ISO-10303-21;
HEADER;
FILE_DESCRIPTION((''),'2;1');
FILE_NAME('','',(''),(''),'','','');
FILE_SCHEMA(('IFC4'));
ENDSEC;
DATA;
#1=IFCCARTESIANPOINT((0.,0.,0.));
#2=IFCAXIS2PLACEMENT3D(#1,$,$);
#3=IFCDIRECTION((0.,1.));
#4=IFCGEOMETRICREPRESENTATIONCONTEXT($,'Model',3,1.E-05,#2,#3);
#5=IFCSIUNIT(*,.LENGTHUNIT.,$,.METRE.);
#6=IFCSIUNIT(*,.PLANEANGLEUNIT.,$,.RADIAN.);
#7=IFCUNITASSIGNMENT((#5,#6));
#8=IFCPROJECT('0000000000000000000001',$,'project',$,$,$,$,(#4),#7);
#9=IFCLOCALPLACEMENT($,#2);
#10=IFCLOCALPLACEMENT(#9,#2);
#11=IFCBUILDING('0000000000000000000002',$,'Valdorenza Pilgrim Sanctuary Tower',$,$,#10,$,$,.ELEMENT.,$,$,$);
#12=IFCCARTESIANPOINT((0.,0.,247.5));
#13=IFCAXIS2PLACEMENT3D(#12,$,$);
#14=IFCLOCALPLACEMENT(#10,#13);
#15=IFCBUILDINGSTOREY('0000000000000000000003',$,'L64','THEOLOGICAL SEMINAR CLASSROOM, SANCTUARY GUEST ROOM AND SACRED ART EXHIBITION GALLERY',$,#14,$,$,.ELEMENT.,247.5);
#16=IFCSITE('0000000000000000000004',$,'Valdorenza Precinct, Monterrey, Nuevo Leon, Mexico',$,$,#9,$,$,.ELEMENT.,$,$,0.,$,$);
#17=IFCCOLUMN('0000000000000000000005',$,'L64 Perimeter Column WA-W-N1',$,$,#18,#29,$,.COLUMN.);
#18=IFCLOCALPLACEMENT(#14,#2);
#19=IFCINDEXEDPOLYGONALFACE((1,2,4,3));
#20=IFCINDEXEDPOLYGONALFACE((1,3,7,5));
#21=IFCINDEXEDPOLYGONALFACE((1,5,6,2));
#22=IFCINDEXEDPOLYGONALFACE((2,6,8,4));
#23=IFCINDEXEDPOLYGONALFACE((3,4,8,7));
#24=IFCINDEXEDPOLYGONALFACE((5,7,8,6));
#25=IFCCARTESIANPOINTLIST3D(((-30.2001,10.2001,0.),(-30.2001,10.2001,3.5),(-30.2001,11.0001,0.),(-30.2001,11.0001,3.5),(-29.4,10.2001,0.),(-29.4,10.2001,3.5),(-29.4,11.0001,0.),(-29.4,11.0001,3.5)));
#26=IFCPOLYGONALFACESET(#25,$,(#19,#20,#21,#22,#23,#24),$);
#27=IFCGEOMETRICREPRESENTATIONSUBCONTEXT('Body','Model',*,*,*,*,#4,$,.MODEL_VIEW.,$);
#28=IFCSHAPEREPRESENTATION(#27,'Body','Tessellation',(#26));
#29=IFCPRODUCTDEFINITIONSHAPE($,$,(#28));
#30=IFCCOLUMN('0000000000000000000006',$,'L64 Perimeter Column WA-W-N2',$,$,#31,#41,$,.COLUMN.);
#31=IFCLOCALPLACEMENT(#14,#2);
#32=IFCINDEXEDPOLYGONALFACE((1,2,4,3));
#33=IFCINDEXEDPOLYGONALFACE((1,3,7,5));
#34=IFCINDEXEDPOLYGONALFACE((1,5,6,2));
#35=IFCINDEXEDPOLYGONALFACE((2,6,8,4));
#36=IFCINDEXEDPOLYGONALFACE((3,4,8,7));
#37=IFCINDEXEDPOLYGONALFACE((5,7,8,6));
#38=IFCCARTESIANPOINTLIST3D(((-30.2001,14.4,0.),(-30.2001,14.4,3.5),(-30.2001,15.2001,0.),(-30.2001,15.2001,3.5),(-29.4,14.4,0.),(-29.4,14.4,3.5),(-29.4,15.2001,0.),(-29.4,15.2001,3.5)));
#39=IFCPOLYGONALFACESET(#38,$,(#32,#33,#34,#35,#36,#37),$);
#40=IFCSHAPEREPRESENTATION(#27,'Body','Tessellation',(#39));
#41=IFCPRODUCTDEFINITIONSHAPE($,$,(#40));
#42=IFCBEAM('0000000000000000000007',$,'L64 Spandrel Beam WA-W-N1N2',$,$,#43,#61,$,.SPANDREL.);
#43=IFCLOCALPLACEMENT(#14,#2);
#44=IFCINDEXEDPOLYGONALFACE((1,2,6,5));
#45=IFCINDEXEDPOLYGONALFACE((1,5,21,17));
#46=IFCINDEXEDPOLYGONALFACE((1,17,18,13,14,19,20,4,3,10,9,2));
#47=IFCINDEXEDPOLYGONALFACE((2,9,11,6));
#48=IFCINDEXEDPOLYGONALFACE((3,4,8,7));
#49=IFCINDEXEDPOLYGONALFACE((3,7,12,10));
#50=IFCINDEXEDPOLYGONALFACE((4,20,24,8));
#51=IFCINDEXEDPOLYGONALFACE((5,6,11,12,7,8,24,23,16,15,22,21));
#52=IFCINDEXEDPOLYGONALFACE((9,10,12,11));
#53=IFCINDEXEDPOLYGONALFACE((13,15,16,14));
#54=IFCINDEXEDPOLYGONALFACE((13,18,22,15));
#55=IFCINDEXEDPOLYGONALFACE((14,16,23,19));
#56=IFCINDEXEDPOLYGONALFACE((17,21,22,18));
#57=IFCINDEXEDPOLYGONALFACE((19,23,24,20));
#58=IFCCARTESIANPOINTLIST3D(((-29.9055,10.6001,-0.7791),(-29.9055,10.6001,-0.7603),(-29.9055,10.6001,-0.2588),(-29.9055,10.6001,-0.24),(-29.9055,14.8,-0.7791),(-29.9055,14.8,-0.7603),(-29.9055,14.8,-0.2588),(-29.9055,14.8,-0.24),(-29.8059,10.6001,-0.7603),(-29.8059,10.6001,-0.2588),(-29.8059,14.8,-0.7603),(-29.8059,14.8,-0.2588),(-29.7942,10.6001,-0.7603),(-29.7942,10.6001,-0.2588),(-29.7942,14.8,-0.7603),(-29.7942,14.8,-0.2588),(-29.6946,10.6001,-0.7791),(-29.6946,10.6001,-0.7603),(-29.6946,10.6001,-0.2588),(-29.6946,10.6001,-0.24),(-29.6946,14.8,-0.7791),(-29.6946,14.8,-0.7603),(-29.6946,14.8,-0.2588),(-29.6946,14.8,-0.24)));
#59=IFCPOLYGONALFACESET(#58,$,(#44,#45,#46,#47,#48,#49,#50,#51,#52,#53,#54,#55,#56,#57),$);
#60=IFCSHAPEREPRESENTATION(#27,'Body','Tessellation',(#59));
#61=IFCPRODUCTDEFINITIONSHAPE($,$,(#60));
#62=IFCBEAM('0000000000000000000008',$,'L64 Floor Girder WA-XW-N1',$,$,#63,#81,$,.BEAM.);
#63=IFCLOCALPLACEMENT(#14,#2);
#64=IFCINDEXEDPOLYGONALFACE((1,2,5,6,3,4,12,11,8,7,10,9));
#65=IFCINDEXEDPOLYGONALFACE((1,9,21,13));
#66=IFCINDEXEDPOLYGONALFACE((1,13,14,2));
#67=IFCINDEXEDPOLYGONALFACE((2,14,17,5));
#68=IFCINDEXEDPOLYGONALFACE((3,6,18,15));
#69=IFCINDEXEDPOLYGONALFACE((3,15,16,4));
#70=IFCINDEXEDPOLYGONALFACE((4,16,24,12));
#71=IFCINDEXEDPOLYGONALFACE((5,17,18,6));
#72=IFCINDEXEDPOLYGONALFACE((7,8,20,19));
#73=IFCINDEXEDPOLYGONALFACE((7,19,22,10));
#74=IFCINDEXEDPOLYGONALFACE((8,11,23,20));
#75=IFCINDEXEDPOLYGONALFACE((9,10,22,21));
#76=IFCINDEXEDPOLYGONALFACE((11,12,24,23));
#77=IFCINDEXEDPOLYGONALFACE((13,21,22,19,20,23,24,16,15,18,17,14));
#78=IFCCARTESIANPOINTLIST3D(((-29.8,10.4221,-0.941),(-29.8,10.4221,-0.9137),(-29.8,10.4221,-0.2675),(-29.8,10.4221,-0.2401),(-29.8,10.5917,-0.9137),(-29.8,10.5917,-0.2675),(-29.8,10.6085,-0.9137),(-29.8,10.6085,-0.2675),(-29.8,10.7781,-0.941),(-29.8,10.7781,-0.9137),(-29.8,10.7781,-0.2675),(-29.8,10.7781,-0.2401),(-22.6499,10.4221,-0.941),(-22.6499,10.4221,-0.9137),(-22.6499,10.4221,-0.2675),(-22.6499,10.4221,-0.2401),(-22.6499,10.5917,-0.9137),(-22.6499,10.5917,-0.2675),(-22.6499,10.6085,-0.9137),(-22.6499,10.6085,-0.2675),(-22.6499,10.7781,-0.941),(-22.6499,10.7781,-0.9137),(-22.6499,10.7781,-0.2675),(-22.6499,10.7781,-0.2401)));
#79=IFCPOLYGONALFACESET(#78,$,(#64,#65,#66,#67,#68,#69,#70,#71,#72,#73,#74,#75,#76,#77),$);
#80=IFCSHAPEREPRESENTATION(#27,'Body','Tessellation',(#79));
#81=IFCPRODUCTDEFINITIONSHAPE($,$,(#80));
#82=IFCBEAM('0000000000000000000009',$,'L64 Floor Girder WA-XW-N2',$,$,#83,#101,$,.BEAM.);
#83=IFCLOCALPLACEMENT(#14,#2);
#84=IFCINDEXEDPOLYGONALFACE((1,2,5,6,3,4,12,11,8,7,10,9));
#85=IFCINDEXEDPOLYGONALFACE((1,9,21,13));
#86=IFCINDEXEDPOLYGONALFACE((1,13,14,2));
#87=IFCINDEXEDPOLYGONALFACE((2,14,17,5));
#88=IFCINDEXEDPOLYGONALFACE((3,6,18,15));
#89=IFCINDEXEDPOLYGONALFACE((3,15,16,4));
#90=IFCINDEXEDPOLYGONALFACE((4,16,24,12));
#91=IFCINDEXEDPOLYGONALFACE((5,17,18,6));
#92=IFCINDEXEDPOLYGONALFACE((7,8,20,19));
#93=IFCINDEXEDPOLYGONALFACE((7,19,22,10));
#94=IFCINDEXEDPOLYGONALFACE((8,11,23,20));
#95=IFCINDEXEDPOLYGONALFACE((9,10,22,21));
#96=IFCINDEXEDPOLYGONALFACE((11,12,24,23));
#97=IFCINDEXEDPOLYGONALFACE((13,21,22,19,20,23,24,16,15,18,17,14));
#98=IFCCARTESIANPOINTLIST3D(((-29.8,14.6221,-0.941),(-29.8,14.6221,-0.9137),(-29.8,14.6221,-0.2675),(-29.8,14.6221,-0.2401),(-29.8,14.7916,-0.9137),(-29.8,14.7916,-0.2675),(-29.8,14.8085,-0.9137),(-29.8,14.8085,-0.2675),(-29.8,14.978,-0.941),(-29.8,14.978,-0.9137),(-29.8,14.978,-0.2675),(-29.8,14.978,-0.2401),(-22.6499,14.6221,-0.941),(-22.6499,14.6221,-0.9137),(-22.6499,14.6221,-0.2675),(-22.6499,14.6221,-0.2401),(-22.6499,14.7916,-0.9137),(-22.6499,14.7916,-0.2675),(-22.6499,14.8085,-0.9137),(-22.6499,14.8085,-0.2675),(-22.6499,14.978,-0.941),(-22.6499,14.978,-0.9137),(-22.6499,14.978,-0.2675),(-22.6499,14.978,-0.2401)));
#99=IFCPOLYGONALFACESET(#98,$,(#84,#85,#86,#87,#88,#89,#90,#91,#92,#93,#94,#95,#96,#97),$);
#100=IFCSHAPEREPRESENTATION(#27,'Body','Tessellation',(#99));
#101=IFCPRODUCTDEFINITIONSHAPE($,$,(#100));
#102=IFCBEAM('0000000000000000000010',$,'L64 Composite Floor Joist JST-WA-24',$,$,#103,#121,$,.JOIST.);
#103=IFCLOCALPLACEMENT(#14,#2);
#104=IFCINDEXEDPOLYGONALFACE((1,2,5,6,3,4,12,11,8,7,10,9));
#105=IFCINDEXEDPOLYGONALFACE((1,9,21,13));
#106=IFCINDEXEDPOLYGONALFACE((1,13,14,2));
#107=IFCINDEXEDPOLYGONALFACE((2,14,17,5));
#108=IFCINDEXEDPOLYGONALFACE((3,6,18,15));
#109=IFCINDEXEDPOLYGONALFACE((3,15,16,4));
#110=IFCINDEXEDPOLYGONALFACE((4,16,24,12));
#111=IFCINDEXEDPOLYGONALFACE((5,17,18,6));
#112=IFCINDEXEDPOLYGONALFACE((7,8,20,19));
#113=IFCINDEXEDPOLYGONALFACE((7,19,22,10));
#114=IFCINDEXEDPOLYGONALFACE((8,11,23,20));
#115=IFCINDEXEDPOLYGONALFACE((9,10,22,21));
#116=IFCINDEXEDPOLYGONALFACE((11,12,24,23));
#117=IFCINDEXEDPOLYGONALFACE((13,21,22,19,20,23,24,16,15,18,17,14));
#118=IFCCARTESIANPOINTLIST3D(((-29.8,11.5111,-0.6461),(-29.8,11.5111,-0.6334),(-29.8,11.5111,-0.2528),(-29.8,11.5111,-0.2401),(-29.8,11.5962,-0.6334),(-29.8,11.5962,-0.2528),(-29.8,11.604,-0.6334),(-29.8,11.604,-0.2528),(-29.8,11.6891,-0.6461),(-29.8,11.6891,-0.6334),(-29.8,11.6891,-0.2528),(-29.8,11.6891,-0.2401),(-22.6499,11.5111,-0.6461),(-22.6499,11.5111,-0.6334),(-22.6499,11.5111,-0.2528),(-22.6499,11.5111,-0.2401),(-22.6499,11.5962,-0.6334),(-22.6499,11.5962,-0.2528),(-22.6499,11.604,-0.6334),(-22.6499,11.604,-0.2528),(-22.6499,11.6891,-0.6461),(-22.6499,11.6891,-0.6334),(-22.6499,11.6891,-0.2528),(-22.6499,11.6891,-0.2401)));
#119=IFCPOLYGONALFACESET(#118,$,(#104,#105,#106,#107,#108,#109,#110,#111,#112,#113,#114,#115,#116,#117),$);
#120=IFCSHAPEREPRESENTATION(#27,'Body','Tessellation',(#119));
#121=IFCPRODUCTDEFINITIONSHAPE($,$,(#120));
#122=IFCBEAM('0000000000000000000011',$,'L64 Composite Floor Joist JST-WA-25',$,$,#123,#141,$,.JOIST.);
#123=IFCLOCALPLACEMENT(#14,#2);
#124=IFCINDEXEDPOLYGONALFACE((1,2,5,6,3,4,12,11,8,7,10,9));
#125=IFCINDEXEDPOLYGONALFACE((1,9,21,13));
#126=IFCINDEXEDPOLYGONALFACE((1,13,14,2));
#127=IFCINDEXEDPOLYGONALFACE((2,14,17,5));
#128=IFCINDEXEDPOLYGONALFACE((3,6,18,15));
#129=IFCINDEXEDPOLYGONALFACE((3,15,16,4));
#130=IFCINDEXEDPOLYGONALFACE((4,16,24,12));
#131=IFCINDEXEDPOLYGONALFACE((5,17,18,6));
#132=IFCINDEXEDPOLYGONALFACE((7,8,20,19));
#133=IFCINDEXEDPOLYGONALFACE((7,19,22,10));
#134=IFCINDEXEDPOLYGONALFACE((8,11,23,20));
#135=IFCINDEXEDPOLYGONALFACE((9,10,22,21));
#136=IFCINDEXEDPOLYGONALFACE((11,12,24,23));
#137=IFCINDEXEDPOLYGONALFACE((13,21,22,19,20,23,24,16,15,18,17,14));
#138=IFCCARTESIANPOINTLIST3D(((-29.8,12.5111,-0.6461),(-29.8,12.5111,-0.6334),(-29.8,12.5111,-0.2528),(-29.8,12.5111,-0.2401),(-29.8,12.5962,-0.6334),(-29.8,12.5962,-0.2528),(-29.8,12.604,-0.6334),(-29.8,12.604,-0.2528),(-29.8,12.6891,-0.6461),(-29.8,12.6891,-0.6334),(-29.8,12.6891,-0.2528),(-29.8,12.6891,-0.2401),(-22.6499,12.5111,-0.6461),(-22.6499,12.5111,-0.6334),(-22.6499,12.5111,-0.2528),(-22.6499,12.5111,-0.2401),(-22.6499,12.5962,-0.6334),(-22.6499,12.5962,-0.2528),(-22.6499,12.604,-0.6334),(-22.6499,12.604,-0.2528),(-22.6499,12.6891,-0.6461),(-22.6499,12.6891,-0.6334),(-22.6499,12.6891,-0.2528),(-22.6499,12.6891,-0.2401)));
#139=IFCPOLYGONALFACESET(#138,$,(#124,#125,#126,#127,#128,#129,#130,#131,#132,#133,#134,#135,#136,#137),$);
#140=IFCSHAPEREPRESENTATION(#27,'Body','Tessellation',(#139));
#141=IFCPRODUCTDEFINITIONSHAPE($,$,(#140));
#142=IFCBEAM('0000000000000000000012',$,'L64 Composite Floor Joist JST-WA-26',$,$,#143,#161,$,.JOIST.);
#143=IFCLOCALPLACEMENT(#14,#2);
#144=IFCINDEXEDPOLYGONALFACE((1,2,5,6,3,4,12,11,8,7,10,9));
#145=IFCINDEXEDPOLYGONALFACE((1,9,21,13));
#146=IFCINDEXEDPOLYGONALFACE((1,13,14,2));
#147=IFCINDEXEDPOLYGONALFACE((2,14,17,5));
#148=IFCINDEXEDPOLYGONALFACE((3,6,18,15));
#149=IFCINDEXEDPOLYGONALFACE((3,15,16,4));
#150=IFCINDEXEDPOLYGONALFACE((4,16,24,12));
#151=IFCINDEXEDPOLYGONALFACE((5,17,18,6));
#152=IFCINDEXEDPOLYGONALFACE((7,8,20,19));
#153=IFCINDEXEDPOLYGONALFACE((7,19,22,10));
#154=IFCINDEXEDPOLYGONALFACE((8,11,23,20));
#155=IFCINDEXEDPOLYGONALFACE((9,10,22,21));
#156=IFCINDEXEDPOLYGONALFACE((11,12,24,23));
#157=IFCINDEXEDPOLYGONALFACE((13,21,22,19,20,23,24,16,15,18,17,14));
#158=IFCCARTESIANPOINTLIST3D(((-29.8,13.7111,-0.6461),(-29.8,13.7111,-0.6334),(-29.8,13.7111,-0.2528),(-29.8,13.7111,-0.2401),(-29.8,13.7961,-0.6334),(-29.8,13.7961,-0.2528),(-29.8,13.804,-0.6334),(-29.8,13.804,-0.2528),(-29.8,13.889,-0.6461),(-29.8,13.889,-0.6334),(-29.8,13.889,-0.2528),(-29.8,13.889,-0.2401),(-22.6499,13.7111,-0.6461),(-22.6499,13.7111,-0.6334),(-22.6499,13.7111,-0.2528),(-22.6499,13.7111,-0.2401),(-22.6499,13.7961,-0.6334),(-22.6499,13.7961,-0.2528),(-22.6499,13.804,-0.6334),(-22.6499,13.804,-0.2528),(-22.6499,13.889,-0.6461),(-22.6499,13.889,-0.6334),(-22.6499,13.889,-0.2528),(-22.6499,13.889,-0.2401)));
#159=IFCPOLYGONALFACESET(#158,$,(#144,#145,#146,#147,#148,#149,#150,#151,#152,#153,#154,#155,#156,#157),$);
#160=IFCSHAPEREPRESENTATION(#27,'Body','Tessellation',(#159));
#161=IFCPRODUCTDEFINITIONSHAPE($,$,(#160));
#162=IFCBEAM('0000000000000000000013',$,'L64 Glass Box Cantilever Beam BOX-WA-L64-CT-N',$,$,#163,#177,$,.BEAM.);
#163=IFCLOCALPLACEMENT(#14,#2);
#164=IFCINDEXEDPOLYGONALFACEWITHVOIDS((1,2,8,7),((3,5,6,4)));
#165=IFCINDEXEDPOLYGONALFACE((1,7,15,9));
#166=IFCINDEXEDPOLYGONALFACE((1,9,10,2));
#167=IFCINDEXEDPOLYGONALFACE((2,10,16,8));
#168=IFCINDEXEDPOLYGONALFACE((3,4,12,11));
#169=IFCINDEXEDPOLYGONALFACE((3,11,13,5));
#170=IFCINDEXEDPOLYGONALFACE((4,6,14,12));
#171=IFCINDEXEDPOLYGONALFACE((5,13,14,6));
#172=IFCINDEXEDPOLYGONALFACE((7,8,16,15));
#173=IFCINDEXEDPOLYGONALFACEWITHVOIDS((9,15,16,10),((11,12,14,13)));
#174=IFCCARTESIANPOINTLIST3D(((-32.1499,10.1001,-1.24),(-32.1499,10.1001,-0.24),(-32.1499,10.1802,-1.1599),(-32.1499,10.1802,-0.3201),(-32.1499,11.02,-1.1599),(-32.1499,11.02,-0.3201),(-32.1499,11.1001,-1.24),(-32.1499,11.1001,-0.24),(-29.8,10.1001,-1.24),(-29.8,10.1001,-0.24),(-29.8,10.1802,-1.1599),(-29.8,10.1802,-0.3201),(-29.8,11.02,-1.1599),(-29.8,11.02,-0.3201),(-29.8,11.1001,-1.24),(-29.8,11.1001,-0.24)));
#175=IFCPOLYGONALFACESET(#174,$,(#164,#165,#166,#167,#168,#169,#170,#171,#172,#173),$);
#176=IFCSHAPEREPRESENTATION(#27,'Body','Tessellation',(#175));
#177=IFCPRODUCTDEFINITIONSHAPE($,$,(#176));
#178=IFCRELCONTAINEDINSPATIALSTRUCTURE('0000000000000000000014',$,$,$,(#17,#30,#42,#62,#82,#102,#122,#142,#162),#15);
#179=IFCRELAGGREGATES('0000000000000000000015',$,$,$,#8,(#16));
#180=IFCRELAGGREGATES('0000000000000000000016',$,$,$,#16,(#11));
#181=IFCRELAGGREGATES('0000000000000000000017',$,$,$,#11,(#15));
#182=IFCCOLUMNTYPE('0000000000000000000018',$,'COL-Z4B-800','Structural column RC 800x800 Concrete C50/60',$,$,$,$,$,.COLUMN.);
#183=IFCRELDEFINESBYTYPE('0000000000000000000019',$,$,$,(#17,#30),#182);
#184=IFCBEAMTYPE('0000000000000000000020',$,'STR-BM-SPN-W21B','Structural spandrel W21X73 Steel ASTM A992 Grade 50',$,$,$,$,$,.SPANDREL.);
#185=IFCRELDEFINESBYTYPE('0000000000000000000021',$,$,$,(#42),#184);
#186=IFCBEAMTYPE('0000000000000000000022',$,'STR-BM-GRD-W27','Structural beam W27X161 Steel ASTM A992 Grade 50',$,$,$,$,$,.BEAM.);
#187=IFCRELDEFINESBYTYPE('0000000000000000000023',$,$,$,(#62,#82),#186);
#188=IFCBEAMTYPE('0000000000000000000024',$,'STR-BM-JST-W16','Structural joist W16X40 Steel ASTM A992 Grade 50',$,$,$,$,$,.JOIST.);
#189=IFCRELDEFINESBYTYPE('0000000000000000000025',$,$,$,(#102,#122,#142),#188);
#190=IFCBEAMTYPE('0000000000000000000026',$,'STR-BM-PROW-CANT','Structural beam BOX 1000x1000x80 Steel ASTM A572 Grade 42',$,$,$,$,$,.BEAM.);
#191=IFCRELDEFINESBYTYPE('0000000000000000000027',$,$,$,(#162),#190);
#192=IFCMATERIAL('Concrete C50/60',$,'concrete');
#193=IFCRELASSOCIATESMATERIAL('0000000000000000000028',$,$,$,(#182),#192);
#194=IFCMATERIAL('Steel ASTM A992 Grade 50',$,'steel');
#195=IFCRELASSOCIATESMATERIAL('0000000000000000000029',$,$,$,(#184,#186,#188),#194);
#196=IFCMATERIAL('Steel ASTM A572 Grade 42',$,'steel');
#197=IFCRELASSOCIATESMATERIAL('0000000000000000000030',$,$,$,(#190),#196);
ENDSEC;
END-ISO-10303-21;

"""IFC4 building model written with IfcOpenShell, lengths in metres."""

from ifc_helpers import new_model, si_unit, direction, frame, origin, origin_2d, place, context, subcontext, project, spatial, rectangle, hollow_rectangle, i_section, extrude, source, transform, mapped, material, material_profile, profile_set, type_object, element, save


model = new_model("IFC4")

# Units and contexts
model_context = context("Model", 3, precision=1e-05, world=origin(), true_north=direction((0.0, 1.0)))
body_context = subcontext(model_context, "Body", "Model", "MODEL_VIEW")
ifc_project = project(units=[si_unit("LENGTHUNIT", "METRE"), si_unit("PLANEANGLEUNIT", "RADIAN")], contexts=[model_context])

# Site, building, storey
site_placement = place(None, origin())
site = spatial("IfcSite", under=ifc_project, at=site_placement, Name="Valdorenza Precinct, Monterrey, Nuevo Leon, Mexico", CompositionType="ELEMENT", RefElevation=0.0)
building_placement = place(site_placement, origin())
building = spatial("IfcBuilding", under=site, at=building_placement, Name="Valdorenza Pilgrim Sanctuary Tower", CompositionType="ELEMENT")
storey_placement = place(building_placement, frame((0.0, 0.0, 247.5)))
storey = spatial("IfcBuildingStorey", under=building, at=storey_placement, Name="L64", Description="THEOLOGICAL SEMINAR CLASSROOM, SANCTUARY GUEST ROOM AND SACRED ART EXHIBITION GALLERY", CompositionType="ELEMENT", Elevation=247.5)

# Columns
ifc_material_1 = material(Name="Concrete C50/60", Category="concrete")
ifc_material_profile_1 = material_profile(ifc_material_1, rectangle(XDim=0.8, YDim=0.8, at=origin_2d()), Name="RC 800x800")
ifc_profile_set_1 = profile_set([ifc_material_profile_1], Name="Concrete C50/60")
column_type = type_object("IfcColumnType", Name="COL-Z4B-800", Description="Structural column RC 800x800 Concrete C50/60", PredefinedType="COLUMN", material=ifc_profile_set_1)
shared_shape_1 = source(origin(), body_context, "Body", "SweptSolid", [
    extrude(rectangle(XDim=0.8, YDim=0.8, at=origin_2d()), origin(), (0.0, 0.0, 1.0), 3.5),
])
for number, where, z_axis, x_axis, name in (
    (1, (-29.8, 10.6001, 0.0), (0.0, 0.0, 1.0), (1.0, 0.0, 0.0), "L64 Perimeter Column WA-W-N1"),
    (2, (-29.8, 14.8, 0.0), (0.0, 0.0, 1.0), (1.0, 0.0, 0.0), "L64 Perimeter Column WA-W-N2"),
):
    element("IfcColumn", number, at=place(storey_placement, frame(where, z_axis=z_axis, x_axis=x_axis)), inside=storey, type_object=column_type, Name=name, PredefinedType="COLUMN", context=body_context, shape_type="MappedRepresentation", body=[
        mapped(shared_shape_1, transform((0.0, 0.0, 0.0), x_axis=(1.0, 0.0, 0.0), y_axis=(0.0, 1.0, 0.0), z_axis=(0.0, 0.0, 1.0), scale=1.0)),
    ])

# Beams
ifc_material_2 = material(Name="Steel ASTM A992 Grade 50", Category="steel")
ifc_material_profile_2 = material_profile(ifc_material_2, i_section(OverallWidth=0.2109, OverallDepth=0.5391, WebThickness=0.0117, FlangeThickness=0.0188, at=origin_2d()), Name="W21X73")
ifc_profile_set_2 = profile_set([ifc_material_profile_2], Name="Steel ASTM A992 Grade 50")
beam_type_1 = type_object("IfcBeamType", Name="STR-BM-SPN-W21B", Description="Structural spandrel W21X73 Steel ASTM A992 Grade 50", PredefinedType="SPANDREL", material=ifc_profile_set_2)
shared_shape_2 = source(origin(), body_context, "Body", "SweptSolid", [
    extrude(i_section(OverallWidth=0.2109, OverallDepth=0.5391, WebThickness=0.0117, FlangeThickness=0.0188, at=origin_2d()), origin(), (0.0, 0.0, 1.0), 4.2),
])
beam_1_placement = place(storey_placement, frame((-29.8, 10.6001, -0.5095), z_axis=(0.0, 1.0, 0.0), x_axis=(-1.0, 0.0, 0.0)))
element("IfcBeam", 3, at=beam_1_placement, inside=storey, type_object=beam_type_1, Name="L64 Spandrel Beam WA-W-N1N2", PredefinedType="SPANDREL", context=body_context, shape_type="MappedRepresentation", body=[
    mapped(shared_shape_2, transform((0.0, 0.0, 0.0), x_axis=(1.0, 0.0, 0.0), y_axis=(0.0, 1.0, 0.0), z_axis=(0.0, 0.0, 1.0), scale=1.0)),
])
ifc_material_profile_3 = material_profile(ifc_material_2, i_section(OverallWidth=0.356, OverallDepth=0.7009, WebThickness=0.0168, FlangeThickness=0.0273, at=origin_2d()), Name="W27X161")
ifc_profile_set_3 = profile_set([ifc_material_profile_3], Name="Steel ASTM A992 Grade 50")
beam_type_2 = type_object("IfcBeamType", Name="STR-BM-GRD-W27", Description="Structural beam W27X161 Steel ASTM A992 Grade 50", PredefinedType="BEAM", material=ifc_profile_set_3)
shared_shape_3 = source(origin(), body_context, "Body", "SweptSolid", [
    extrude(i_section(OverallWidth=0.356, OverallDepth=0.7009, WebThickness=0.0168, FlangeThickness=0.0273, at=origin_2d()), origin(), (0.0, 0.0, 1.0), 7.1501),
])
for number, where, z_axis, x_axis, name in (
    (4, (-29.8, 10.6001, -0.5906), (1.0, 0.0, 0.0), (0.0, 1.0, 0.0), "L64 Floor Girder WA-XW-N1"),
    (5, (-29.8, 14.8, -0.5906), (1.0, 0.0, 0.0), (0.0, 1.0, 0.0), "L64 Floor Girder WA-XW-N2"),
):
    element("IfcBeam", number, at=place(storey_placement, frame(where, z_axis=z_axis, x_axis=x_axis)), inside=storey, type_object=beam_type_2, Name=name, PredefinedType="BEAM", context=body_context, shape_type="MappedRepresentation", body=[
        mapped(shared_shape_3, transform((0.0, 0.0, 0.0), x_axis=(1.0, 0.0, 0.0), y_axis=(0.0, 1.0, 0.0), z_axis=(0.0, 0.0, 1.0), scale=1.0)),
    ])
ifc_material_profile_4 = material_profile(ifc_material_2, i_section(OverallWidth=0.178, OverallDepth=0.406, WebThickness=0.0078, FlangeThickness=0.0127, at=origin_2d()), Name="W16X40")
ifc_profile_set_4 = profile_set([ifc_material_profile_4], Name="Steel ASTM A992 Grade 50")
beam_type_3 = type_object("IfcBeamType", Name="STR-BM-JST-W16", Description="Structural joist W16X40 Steel ASTM A992 Grade 50", PredefinedType="JOIST", material=ifc_profile_set_4)
shared_shape_4 = source(origin(), body_context, "Body", "SweptSolid", [
    extrude(i_section(OverallWidth=0.178, OverallDepth=0.406, WebThickness=0.0078, FlangeThickness=0.0127, at=origin_2d()), origin(), (0.0, 0.0, 1.0), 7.1501),
])
for number, where, z_axis, x_axis, name in (
    (6, (-29.8, 11.6001, -0.4431), (1.0, 0.0, 0.0), (0.0, 1.0, 0.0), "L64 Composite Floor Joist JST-WA-24"),
    (7, (-29.8, 12.6001, -0.4431), (1.0, 0.0, 0.0), (0.0, 1.0, 0.0), "L64 Composite Floor Joist JST-WA-25"),
    (8, (-29.8, 13.8, -0.4431), (1.0, 0.0, 0.0), (0.0, 1.0, 0.0), "L64 Composite Floor Joist JST-WA-26"),
):
    element("IfcBeam", number, at=place(storey_placement, frame(where, z_axis=z_axis, x_axis=x_axis)), inside=storey, type_object=beam_type_3, Name=name, PredefinedType="JOIST", context=body_context, shape_type="MappedRepresentation", body=[
        mapped(shared_shape_4, transform((0.0, 0.0, 0.0), x_axis=(1.0, 0.0, 0.0), y_axis=(0.0, 1.0, 0.0), z_axis=(0.0, 0.0, 1.0), scale=1.0)),
    ])
ifc_material_3 = material(Name="Steel ASTM A572 Grade 42", Category="steel")
ifc_material_profile_5 = material_profile(ifc_material_3, hollow_rectangle(XDim=1.0, YDim=1.0, WallThickness=0.0801, at=origin_2d()), Name="BOX 1000x1000x80")
ifc_profile_set_5 = profile_set([ifc_material_profile_5], Name="Steel ASTM A572 Grade 42")
beam_type_4 = type_object("IfcBeamType", Name="STR-BM-PROW-CANT", Description="Structural beam BOX 1000x1000x80 Steel ASTM A572 Grade 42", PredefinedType="BEAM", material=ifc_profile_set_5)
shared_shape_5 = source(origin(), body_context, "Body", "SweptSolid", [
    extrude(hollow_rectangle(XDim=1.0, YDim=1.0, WallThickness=0.0801, at=origin_2d()), origin(), (0.0, 0.0, 1.0), 2.3499),
])
beam_2_placement = place(storey_placement, frame((-29.8, 10.6001, -0.74), z_axis=(-1.0, 0.0, 0.0), x_axis=(0.0, -1.0, 0.0)))
element("IfcBeam", 9, at=beam_2_placement, inside=storey, type_object=beam_type_4, Name="L64 Glass Box Cantilever Beam BOX-WA-L64-CT-N", PredefinedType="BEAM", context=body_context, shape_type="MappedRepresentation", body=[
    mapped(shared_shape_5, transform((0.0, 0.0, 0.0), x_axis=(1.0, 0.0, 0.0), y_axis=(0.0, 1.0, 0.0), z_axis=(0.0, 0.0, 1.0), scale=1.0)),
])

save(model, "model.ifc")
